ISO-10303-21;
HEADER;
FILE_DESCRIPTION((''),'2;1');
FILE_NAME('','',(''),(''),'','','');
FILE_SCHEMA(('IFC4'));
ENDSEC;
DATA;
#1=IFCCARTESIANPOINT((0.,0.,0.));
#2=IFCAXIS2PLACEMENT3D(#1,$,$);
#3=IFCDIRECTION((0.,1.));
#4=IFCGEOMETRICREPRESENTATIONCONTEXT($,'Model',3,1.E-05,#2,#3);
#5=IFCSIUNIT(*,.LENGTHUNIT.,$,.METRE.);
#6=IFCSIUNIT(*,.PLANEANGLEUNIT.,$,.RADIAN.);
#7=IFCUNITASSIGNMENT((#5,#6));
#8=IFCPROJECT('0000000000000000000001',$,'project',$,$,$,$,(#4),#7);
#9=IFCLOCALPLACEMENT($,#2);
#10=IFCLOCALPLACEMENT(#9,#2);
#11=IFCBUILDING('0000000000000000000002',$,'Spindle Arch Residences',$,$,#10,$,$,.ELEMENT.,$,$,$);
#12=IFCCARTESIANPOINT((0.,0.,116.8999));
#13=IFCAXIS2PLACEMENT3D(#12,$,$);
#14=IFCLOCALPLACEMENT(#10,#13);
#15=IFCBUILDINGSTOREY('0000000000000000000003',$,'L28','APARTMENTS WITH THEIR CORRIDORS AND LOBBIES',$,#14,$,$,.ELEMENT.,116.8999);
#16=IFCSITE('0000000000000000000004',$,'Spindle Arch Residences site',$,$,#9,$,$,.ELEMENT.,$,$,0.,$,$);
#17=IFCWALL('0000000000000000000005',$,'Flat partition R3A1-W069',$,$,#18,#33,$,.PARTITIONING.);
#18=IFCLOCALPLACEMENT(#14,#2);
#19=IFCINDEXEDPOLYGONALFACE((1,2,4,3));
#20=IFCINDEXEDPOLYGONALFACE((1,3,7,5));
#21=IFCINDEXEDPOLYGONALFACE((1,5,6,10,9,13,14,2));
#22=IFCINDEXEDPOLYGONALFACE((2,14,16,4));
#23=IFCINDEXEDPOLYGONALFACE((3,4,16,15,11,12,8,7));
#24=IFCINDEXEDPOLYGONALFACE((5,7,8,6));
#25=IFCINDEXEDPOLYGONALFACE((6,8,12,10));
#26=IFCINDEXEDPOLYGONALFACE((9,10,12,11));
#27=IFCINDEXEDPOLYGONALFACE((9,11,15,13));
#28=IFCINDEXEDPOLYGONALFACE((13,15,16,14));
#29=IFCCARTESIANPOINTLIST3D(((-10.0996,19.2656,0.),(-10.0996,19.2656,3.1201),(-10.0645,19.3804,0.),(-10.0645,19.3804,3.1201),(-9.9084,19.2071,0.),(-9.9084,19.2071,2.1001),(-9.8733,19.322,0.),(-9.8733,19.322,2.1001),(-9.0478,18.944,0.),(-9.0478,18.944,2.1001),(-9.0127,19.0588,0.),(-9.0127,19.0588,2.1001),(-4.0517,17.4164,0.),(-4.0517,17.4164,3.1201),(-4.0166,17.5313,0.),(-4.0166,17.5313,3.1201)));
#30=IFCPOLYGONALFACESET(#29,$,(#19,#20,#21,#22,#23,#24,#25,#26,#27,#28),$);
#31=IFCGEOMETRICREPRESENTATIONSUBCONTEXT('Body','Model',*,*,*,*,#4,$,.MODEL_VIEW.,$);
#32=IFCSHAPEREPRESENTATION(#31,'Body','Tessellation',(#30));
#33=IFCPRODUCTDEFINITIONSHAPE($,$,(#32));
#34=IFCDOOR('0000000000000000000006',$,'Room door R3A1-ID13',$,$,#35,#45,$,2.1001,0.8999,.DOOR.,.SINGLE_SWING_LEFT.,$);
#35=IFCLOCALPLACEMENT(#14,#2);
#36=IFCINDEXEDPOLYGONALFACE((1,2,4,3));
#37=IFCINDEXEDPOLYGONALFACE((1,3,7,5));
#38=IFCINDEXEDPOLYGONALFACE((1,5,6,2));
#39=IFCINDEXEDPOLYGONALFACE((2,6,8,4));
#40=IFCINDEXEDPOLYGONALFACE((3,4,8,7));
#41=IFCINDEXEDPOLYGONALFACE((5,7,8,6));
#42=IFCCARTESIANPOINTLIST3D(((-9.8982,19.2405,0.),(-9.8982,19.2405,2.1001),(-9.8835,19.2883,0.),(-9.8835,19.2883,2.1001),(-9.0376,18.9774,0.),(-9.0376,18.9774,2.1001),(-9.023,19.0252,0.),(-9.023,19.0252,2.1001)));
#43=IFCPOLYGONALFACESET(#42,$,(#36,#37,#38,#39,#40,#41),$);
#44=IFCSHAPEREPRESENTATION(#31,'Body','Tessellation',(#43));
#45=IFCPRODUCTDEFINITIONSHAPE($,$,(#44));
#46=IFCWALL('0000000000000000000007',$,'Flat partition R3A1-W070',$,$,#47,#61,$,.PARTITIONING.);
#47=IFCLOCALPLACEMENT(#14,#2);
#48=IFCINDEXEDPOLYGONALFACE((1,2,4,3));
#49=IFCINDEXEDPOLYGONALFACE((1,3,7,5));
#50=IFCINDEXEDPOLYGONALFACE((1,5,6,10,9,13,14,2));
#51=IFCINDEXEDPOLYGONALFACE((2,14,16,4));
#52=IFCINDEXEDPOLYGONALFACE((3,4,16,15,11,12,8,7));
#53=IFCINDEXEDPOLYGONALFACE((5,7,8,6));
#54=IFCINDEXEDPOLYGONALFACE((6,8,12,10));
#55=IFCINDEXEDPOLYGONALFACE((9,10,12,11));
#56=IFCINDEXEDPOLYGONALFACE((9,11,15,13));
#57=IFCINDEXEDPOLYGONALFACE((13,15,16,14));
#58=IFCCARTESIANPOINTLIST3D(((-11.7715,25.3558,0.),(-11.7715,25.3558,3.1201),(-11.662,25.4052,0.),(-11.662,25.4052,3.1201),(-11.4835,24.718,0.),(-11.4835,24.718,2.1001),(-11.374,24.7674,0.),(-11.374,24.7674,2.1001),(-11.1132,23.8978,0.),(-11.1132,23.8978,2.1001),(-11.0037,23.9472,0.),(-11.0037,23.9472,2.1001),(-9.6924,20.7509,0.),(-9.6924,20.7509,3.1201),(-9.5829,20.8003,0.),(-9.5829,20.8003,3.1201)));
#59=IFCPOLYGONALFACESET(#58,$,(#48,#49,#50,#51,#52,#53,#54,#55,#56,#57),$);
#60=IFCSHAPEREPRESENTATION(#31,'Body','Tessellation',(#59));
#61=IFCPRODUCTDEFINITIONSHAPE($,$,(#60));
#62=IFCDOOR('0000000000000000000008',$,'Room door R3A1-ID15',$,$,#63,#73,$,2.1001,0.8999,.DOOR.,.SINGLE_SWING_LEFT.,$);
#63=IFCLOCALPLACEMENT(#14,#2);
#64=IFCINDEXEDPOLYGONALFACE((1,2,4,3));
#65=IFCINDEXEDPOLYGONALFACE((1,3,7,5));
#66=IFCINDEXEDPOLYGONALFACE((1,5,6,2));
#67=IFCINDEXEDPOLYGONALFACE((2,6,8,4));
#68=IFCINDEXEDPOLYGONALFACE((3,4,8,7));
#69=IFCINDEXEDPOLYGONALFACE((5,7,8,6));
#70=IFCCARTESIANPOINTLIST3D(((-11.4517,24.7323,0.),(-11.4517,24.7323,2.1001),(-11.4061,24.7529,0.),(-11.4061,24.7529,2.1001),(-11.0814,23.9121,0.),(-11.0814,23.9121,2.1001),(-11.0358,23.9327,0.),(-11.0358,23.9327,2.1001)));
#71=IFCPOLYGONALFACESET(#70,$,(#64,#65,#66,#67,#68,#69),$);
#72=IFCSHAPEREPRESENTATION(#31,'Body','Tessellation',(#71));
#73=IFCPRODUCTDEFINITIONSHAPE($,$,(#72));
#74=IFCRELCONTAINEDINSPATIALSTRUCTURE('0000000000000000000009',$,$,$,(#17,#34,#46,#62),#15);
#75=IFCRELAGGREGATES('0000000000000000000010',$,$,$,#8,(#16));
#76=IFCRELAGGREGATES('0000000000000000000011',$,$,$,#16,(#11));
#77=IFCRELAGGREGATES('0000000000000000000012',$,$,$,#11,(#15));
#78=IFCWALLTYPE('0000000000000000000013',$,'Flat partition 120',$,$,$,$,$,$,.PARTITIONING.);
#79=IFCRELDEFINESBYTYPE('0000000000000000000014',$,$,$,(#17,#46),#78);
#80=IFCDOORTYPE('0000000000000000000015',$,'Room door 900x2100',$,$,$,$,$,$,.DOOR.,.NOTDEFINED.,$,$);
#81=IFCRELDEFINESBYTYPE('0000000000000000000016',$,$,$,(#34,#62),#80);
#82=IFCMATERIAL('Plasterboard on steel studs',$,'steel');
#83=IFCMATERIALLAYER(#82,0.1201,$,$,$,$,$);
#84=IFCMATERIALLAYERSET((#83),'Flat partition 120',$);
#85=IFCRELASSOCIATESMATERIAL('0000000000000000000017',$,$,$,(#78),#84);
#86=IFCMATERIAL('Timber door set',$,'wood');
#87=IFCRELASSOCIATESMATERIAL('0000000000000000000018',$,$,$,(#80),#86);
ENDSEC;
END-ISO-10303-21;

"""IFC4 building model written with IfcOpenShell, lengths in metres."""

from ifc_helpers import new_model, si_unit, direction, frame, frame_2d, origin, place, context, subcontext, project, spatial, rectangle, extrude, material, layer, layer_set, type_object, element, fill, save


model = new_model("IFC4")

# Units and contexts
model_context = context("Model", 3, precision=1e-05, world=origin(), true_north=direction((0.0, 1.0)))
body_context = subcontext(model_context, "Body", "Model", "MODEL_VIEW")
ifc_project = project(units=[si_unit("LENGTHUNIT", "METRE"), si_unit("PLANEANGLEUNIT", "RADIAN")], contexts=[model_context])

# Site, building, storey
site_placement = place(None, origin())
site = spatial("IfcSite", under=ifc_project, at=site_placement, Name="Spindle Arch Residences site", CompositionType="ELEMENT", RefElevation=0.0)
building_placement = place(site_placement, origin())
building = spatial("IfcBuilding", under=site, at=building_placement, Name="Spindle Arch Residences", CompositionType="ELEMENT")
storey_placement = place(building_placement, frame((0.0, 0.0, 116.8999)))
storey = spatial("IfcBuildingStorey", under=building, at=storey_placement, Name="L28", Description="APARTMENTS WITH THEIR CORRIDORS AND LOBBIES", CompositionType="ELEMENT", Elevation=116.8999)

# Shared definitions
ifc_material_1 = material(Name="Plasterboard on steel studs", Category="steel")
ifc_layer_1 = layer(ifc_material_1, 0.1201)
ifc_layer_set_1 = layer_set([ifc_layer_1], Name="Flat partition 120")
wall_type = type_object("IfcWallType", Name="Flat partition 120", PredefinedType="PARTITIONING", material=ifc_layer_set_1)

# Walls, openings, doors
ifc_material_2 = material(Name="Timber door set", Category="wood")
door_type = type_object("IfcDoorType", Name="Room door 900x2100", OperationType="NOTDEFINED", PredefinedType="DOOR", material=ifc_material_2)
wall_1_placement = place(storey_placement, frame((-10.082, 19.323, 0.0), z_axis=(0.0, 0.0, 1.0), x_axis=(0.9563, -0.292387, 0.0)))
wall_1 = element("IfcWall", 1, at=wall_1_placement, inside=storey, type_object=wall_type, Name="Flat partition R3A1-W069", PredefinedType="PARTITIONING", context=body_context, shape_type="SweptSolid", body=[
    extrude(rectangle(XDim=6.3242, YDim=0.1201, at=frame_2d((3.1621, 0.0))), origin(), (0.0, 0.0, 1.0), 3.1201),
])
opening_1_placement = place(wall_1_placement, frame((0.2, 0.0, 0.0)))
opening_1 = element("IfcOpeningElement", 2, at=opening_1_placement, cuts=wall_1, PredefinedType="OPENING", context=body_context, shape_type="SweptSolid", body=[
    extrude(rectangle(XDim=0.8999, YDim=2.1001, at=frame_2d((0.45, 1.05))), frame((0.0, 0.0701, 0.0), z_axis=(0.0, -1.0, 0.0), x_axis=(1.0, 0.0, 0.0)), (0.0, 0.0, 1.0), 0.1401),
])
door_1_placement = place(opening_1_placement, origin())
door_1 = element("IfcDoor", 3, at=door_1_placement, inside=storey, type_object=door_type, Name="Room door R3A1-ID13", OperationType="SINGLE_SWING_LEFT", OverallHeight=2.1001, OverallWidth=0.8999, PredefinedType="DOOR", context=body_context, shape_type="SweptSolid", body=[
    extrude(rectangle(XDim=0.8999, YDim=2.1001, at=frame_2d((0.45, 1.05))), frame((0.0, 0.0249, 0.0), z_axis=(0.0, -1.0, 0.0), x_axis=(1.0, 0.0, 0.0)), (0.0, 0.0, 1.0), 0.05),
])
fill(opening_1, door_1)
wall_2_placement = place(storey_placement, frame((-11.7168, 25.3806, 0.0), z_axis=(0.0, 0.0, 1.0), x_axis=(0.411494, -0.911413, 0.0)))
wall_2 = element("IfcWall", 4, at=wall_2_placement, inside=storey, type_object=wall_type, Name="Flat partition R3A1-W070", PredefinedType="PARTITIONING", context=body_context, shape_type="SweptSolid", body=[
    extrude(rectangle(XDim=5.0525, YDim=0.1201, at=frame_2d((2.5264, 0.0))), origin(), (0.0, 0.0, 1.0), 3.1201),
])
opening_2_placement = place(wall_2_placement, frame((0.7, 0.0, 0.0)))
opening_2 = element("IfcOpeningElement", 5, at=opening_2_placement, cuts=wall_2, PredefinedType="OPENING", context=body_context, shape_type="SweptSolid", body=[
    extrude(rectangle(XDim=0.8999, YDim=2.1001, at=frame_2d((0.45, 1.05))), frame((0.0, 0.0701, 0.0), z_axis=(0.0, -1.0, 0.0), x_axis=(1.0, 0.0, 0.0)), (0.0, 0.0, 1.0), 0.1401),
])
door_2_placement = place(opening_2_placement, origin())
door_2 = element("IfcDoor", 6, at=door_2_placement, inside=storey, type_object=door_type, Name="Room door R3A1-ID15", OperationType="SINGLE_SWING_LEFT", OverallHeight=2.1001, OverallWidth=0.8999, PredefinedType="DOOR", context=body_context, shape_type="SweptSolid", body=[
    extrude(rectangle(XDim=0.8999, YDim=2.1001, at=frame_2d((0.45, 1.05))), frame((0.0, 0.0249, 0.0), z_axis=(0.0, -1.0, 0.0), x_axis=(1.0, 0.0, 0.0)), (0.0, 0.0, 1.0), 0.05),
])
fill(opening_2, door_2)

save(model, "model.ifc")
